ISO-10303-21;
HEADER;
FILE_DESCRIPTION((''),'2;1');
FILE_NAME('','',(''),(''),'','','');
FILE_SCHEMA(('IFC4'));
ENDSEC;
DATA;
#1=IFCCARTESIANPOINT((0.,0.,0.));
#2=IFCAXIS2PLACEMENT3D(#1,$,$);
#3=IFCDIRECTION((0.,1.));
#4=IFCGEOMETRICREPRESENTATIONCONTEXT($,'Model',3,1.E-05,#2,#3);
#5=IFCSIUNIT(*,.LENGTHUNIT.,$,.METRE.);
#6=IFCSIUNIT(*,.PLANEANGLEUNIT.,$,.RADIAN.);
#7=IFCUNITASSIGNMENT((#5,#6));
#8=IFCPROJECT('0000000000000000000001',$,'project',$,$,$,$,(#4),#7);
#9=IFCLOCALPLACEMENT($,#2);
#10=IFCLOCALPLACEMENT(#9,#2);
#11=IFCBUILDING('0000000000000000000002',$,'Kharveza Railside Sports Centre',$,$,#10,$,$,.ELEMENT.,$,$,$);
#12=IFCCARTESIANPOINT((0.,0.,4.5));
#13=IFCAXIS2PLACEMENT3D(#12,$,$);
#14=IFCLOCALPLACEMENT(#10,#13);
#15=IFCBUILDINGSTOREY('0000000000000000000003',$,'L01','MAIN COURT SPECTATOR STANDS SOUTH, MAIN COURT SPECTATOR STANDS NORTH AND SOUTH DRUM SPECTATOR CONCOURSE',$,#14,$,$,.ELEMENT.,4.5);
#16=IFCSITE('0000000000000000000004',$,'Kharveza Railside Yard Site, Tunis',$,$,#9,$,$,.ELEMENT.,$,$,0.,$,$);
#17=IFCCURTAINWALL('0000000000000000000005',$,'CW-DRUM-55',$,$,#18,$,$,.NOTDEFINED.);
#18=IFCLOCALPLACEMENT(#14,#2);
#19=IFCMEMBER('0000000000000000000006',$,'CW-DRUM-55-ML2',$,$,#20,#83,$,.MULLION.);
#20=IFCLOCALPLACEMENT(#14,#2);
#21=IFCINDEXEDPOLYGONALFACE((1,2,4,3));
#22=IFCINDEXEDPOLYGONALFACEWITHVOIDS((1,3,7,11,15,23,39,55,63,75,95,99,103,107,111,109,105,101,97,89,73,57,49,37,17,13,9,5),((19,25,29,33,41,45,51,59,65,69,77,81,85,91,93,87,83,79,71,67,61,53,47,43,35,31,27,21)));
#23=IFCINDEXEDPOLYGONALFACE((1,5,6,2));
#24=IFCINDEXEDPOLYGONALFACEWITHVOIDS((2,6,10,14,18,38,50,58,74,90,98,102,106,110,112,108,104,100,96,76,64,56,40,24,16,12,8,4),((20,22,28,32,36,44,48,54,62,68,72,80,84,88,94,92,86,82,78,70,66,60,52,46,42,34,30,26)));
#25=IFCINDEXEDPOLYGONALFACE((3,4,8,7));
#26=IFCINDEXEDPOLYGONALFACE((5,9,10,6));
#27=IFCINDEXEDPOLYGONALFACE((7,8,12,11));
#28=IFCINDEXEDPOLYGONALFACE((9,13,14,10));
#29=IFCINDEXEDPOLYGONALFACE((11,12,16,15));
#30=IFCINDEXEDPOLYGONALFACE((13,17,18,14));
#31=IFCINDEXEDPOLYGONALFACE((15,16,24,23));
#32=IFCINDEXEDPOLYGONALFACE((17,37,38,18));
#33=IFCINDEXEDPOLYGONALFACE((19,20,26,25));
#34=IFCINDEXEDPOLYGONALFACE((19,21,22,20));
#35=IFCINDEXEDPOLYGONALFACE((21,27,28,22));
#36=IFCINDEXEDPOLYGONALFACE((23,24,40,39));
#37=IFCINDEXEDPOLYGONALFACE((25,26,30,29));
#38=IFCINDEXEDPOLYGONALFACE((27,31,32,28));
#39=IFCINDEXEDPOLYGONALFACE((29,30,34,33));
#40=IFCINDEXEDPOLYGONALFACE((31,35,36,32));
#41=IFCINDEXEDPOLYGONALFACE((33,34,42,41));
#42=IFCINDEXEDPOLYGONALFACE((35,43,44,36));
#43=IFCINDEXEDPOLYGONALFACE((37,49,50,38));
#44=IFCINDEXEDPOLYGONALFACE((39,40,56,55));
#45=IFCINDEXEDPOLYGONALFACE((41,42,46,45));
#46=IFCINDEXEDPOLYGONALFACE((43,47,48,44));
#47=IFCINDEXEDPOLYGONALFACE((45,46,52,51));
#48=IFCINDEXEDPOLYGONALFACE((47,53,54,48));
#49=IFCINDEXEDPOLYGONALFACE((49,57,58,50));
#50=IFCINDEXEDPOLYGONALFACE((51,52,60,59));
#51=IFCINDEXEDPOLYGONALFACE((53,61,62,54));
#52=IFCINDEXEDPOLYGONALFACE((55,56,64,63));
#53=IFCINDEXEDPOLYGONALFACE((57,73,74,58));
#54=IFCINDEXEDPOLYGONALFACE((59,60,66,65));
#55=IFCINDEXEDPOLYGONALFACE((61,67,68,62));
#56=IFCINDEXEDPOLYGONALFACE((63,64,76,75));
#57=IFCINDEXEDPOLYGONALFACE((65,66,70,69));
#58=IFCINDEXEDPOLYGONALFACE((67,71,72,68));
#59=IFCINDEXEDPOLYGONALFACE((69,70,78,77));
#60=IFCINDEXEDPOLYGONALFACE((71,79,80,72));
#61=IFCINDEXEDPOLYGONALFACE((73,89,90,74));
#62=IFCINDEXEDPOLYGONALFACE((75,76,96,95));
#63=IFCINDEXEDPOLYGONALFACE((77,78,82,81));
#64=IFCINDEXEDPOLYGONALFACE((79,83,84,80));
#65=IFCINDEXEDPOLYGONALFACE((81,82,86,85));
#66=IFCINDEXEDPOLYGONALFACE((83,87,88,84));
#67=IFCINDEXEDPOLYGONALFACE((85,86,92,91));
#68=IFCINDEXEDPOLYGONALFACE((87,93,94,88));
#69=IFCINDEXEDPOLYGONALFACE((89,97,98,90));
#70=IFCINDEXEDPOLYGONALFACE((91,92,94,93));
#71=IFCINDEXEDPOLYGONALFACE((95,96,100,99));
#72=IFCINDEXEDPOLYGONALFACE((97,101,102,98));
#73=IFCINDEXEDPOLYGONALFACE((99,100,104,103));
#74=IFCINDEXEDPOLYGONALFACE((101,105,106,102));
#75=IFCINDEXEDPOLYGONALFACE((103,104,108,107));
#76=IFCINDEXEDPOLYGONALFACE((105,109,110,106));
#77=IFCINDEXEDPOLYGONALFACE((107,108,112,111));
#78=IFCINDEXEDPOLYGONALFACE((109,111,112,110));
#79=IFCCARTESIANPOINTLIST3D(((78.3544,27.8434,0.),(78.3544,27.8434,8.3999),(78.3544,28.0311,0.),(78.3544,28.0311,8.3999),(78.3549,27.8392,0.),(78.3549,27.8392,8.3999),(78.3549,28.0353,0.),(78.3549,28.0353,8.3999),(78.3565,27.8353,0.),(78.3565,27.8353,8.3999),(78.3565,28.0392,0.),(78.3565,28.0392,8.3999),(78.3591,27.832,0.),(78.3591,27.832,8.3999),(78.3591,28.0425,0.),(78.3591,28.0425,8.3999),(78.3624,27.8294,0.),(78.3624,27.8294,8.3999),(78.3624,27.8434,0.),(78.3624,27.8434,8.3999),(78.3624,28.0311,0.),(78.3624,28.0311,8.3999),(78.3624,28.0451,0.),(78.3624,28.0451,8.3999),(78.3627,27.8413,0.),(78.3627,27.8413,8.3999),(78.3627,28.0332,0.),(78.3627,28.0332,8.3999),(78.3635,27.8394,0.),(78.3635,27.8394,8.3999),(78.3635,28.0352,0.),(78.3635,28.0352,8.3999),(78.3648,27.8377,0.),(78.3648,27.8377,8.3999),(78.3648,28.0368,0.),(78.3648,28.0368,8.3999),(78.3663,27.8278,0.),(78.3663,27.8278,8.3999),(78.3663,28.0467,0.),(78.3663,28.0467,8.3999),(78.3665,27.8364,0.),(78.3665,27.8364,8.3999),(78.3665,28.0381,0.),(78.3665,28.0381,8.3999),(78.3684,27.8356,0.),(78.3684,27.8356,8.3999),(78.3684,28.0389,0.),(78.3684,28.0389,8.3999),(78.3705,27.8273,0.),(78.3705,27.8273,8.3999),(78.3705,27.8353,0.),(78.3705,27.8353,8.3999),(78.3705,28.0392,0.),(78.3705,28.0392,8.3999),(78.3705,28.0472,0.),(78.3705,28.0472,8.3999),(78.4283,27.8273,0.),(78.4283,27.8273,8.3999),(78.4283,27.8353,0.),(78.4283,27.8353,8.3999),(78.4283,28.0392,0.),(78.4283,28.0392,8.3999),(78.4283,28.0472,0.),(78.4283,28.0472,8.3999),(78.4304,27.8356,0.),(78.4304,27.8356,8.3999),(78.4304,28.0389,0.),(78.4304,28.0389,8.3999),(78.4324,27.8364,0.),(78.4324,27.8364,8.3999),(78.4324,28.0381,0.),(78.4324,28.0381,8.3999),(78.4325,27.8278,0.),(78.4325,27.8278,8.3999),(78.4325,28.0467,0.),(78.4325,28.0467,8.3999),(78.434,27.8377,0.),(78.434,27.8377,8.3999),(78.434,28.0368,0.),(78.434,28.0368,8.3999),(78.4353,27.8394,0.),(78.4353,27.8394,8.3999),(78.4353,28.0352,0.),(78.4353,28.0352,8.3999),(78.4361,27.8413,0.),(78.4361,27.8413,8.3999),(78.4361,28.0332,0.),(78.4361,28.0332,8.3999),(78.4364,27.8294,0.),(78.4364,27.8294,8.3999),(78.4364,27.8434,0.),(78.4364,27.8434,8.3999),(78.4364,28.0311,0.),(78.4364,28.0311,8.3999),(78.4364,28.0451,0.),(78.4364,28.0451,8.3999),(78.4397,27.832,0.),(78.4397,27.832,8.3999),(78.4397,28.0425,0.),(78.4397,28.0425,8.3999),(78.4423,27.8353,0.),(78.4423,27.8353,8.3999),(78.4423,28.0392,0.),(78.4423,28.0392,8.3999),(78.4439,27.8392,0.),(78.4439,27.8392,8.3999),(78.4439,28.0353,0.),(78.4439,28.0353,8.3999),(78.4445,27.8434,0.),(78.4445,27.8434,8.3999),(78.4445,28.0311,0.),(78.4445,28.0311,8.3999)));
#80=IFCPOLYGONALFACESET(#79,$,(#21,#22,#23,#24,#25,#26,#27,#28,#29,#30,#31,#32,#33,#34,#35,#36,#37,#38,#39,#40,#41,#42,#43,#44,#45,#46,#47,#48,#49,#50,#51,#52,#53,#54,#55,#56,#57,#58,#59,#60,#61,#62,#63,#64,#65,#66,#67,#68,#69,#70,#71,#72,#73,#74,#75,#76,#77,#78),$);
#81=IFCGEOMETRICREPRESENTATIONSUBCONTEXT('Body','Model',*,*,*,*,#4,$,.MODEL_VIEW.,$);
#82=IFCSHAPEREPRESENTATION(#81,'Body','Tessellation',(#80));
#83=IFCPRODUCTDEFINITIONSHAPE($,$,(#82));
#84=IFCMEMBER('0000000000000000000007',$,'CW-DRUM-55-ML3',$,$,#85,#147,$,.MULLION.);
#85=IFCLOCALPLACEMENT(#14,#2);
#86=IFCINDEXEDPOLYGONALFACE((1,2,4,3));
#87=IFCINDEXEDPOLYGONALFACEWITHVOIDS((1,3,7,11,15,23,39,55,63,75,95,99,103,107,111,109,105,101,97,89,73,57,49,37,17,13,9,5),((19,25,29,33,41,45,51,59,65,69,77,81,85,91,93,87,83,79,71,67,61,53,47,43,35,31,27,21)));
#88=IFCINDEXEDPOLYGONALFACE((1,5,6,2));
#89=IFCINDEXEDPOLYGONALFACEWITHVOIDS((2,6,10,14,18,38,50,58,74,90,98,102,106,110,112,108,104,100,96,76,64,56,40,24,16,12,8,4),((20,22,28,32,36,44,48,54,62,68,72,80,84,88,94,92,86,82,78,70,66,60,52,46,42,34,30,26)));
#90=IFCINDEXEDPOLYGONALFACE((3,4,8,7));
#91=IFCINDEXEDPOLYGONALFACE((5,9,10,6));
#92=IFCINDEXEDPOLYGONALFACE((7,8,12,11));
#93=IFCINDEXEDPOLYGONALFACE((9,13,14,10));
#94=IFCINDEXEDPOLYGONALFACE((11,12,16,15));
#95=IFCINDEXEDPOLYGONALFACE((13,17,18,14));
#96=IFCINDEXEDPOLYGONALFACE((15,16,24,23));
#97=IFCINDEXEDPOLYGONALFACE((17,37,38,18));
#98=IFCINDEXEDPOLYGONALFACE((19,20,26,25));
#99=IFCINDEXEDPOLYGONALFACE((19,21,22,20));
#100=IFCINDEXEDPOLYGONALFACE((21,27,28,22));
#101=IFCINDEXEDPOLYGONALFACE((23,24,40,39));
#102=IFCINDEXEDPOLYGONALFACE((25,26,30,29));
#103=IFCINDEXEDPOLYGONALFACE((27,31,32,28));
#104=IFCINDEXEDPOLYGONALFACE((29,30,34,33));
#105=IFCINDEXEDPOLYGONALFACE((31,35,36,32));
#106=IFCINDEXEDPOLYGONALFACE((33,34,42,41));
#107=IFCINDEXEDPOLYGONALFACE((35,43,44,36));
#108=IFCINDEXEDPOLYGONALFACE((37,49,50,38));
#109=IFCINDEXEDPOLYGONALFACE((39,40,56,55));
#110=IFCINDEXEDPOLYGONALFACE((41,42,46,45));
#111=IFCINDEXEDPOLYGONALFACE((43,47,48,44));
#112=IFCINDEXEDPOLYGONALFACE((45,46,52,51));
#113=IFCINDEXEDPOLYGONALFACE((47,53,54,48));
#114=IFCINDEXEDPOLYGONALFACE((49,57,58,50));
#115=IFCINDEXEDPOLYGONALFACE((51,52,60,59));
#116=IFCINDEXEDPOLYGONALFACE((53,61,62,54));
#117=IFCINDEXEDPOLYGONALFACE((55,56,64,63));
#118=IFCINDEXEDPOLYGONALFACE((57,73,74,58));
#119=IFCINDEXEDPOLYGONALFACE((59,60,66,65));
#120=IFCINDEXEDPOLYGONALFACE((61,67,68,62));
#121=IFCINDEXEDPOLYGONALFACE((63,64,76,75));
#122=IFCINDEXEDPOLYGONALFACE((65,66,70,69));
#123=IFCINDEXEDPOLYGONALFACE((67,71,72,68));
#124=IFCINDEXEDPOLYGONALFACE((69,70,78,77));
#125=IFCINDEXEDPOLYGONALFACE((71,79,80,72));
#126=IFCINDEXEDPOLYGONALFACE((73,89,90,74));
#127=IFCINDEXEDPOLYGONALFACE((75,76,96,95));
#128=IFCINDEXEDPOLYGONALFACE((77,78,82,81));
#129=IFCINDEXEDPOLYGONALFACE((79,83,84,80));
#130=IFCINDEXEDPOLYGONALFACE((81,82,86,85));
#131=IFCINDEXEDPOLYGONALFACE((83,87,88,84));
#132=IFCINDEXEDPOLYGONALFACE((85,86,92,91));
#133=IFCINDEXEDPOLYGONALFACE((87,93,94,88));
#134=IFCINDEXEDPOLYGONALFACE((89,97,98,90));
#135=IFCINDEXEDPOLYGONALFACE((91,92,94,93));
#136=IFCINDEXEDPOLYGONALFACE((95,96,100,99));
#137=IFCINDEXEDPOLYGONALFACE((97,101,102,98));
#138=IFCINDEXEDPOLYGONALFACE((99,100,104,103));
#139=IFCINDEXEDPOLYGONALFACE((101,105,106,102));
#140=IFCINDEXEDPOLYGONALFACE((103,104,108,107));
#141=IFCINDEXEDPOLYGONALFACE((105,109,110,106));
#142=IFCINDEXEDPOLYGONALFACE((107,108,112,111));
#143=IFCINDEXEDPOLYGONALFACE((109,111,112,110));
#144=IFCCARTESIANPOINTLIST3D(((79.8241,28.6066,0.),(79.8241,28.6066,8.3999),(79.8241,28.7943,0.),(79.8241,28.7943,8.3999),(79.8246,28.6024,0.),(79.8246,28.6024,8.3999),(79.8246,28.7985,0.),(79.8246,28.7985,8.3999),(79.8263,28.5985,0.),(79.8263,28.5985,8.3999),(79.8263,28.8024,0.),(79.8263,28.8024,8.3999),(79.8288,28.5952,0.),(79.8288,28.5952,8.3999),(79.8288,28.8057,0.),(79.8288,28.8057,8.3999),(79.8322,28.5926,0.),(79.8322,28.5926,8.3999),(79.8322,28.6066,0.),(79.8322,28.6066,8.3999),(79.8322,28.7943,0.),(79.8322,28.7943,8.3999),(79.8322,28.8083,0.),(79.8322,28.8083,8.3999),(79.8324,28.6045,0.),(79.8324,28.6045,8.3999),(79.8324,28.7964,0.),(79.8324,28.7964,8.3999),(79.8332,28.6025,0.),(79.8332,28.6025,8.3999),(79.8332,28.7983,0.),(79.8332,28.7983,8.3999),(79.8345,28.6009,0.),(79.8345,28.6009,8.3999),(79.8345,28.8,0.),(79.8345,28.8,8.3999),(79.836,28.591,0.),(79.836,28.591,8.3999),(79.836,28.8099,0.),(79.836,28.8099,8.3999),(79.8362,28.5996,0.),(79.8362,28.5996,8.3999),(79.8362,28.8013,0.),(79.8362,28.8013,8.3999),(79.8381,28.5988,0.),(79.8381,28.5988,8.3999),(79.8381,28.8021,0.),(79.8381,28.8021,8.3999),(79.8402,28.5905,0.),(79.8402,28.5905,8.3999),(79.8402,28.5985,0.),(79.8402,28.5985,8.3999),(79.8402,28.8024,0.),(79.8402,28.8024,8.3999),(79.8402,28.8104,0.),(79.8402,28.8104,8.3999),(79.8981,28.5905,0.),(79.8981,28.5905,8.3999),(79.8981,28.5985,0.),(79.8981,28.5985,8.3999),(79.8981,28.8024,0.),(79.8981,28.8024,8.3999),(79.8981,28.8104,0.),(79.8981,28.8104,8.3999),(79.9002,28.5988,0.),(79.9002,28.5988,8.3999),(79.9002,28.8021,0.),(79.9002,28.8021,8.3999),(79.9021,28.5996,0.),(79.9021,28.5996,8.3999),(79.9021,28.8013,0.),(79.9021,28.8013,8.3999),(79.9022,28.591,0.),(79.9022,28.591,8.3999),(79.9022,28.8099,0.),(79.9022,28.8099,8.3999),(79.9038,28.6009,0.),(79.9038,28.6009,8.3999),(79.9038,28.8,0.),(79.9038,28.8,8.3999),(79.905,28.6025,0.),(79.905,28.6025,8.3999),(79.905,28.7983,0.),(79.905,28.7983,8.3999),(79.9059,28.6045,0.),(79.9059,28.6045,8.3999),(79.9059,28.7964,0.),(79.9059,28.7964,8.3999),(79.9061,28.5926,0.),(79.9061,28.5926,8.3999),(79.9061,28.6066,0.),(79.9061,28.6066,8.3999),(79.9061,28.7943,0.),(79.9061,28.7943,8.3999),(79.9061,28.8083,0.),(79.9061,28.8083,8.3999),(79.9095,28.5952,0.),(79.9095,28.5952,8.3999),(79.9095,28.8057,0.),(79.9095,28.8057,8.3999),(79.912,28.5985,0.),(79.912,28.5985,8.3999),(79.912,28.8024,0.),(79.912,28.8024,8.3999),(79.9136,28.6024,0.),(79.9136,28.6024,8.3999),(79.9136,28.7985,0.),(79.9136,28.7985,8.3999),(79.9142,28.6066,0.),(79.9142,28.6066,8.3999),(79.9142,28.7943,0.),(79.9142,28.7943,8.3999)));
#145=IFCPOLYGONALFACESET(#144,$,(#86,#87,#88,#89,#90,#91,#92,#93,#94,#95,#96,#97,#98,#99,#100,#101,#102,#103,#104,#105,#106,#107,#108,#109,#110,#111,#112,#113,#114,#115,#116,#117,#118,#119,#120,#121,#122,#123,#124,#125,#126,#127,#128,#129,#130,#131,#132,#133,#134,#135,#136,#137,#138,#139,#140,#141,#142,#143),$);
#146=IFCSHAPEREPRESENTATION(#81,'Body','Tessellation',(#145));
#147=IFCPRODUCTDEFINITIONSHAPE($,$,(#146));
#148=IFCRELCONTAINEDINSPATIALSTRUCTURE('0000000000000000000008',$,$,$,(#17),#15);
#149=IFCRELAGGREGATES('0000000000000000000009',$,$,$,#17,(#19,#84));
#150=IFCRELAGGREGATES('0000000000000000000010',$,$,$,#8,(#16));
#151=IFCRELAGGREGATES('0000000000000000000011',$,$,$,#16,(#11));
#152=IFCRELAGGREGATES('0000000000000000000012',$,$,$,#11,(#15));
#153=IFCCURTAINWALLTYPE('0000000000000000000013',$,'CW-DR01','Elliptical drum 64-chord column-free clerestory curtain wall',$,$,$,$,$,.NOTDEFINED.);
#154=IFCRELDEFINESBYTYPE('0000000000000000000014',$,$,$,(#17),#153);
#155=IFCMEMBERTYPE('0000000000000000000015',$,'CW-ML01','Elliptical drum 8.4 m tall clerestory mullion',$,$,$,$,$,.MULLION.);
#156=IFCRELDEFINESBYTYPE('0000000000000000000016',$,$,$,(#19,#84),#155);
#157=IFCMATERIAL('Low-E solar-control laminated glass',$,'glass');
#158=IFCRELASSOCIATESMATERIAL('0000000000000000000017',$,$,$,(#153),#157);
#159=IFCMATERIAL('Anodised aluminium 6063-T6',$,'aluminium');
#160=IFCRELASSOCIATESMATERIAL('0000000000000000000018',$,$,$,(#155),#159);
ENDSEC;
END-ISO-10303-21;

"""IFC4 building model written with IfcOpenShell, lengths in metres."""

from ifc_helpers import new_model, si_unit, direction, frame, origin, origin_2d, place, context, subcontext, project, spatial, hollow_rectangle, extrude, material, material_profile, profile_set, type_object, element, aggregate, save


model = new_model("IFC4")

# Units and contexts
model_context = context("Model", 3, precision=1e-05, world=origin(), true_north=direction((0.0, 1.0)))
body_context = subcontext(model_context, "Body", "Model", "MODEL_VIEW")
ifc_project = project(units=[si_unit("LENGTHUNIT", "METRE"), si_unit("PLANEANGLEUNIT", "RADIAN")], contexts=[model_context])

# Site, building, storey
site_placement = place(None, origin())
site = spatial("IfcSite", under=ifc_project, at=site_placement, Name="Kharveza Railside Yard Site, Tunis", CompositionType="ELEMENT", RefElevation=0.0)
building_placement = place(site_placement, origin())
building = spatial("IfcBuilding", under=site, at=building_placement, Name="Kharveza Railside Sports Centre", CompositionType="ELEMENT")
storey_placement = place(building_placement, frame((0.0, 0.0, 4.5)))
storey = spatial("IfcBuildingStorey", under=building, at=storey_placement, Name="L01", Description="MAIN COURT SPECTATOR STANDS SOUTH, MAIN COURT SPECTATOR STANDS NORTH AND SOUTH DRUM SPECTATOR CONCOURSE", CompositionType="ELEMENT", Elevation=4.5)

# Shared definitions
ifc_material_1 = material(Name="Low-E solar-control laminated glass", Category="glass")
curtain_wall_type = type_object("IfcCurtainWallType", Name="CW-DR01", Description="Elliptical drum 64-chord column-free clerestory curtain wall", PredefinedType="NOTDEFINED", material=ifc_material_1)
ifc_material_2 = material(Name="Anodised aluminium 6063-T6", Category="aluminium")
ifc_material_profile_1 = material_profile(ifc_material_2, hollow_rectangle(XDim=0.0901, YDim=0.22, WallThickness=0.0081, InnerFilletRadius=0.0081, OuterFilletRadius=0.0161, at=origin_2d()), Name="RHS 90x220x8.0")
ifc_profile_set_1 = profile_set([ifc_material_profile_1], Name="Anodised aluminium 6063-T6")
member_type_1 = type_object("IfcMemberType", Name="CW-ML01", Description="Elliptical drum 8.4 m tall clerestory mullion", PredefinedType="MULLION", material=ifc_profile_set_1)

# Curtain wall, members
curtain_wall_1_placement = place(storey_placement, origin())
curtain_wall_1 = element("IfcCurtainWall", 1, at=curtain_wall_1_placement, inside=storey, type_object=curtain_wall_type, Name="CW-DRUM-55", PredefinedType="NOTDEFINED")
member_1_placement = place(storey_placement, frame((78.3994, 27.9373, 0.0), z_axis=(0.0, 0.0, 1.0), x_axis=(1.0, 0.0, 0.0)))
member_1 = element("IfcMember", 2, at=member_1_placement, type_object=member_type_1, Name="CW-DRUM-55-ML2", PredefinedType="MULLION", context=body_context, shape_type="SweptSolid", body=[
    extrude(hollow_rectangle(XDim=0.0901, YDim=0.22, WallThickness=0.0081, InnerFilletRadius=0.0081, OuterFilletRadius=0.0161, at=origin_2d()), origin(), (0.0, 0.0, 1.0), 8.3999),
])
member_2_placement = place(storey_placement, frame((79.8691, 28.7004, 0.0), z_axis=(0.0, 0.0, 1.0), x_axis=(1.0, 0.0, 0.0)))
member_2 = element("IfcMember", 3, at=member_2_placement, type_object=member_type_1, Name="CW-DRUM-55-ML3", PredefinedType="MULLION", context=body_context, shape_type="SweptSolid", body=[
    extrude(hollow_rectangle(XDim=0.0901, YDim=0.22, WallThickness=0.0081, InnerFilletRadius=0.0081, OuterFilletRadius=0.0161, at=origin_2d()), origin(), (0.0, 0.0, 1.0), 8.3999),
])

aggregate(curtain_wall_1, [member_1, member_2])

save(model, "model.ifc")
